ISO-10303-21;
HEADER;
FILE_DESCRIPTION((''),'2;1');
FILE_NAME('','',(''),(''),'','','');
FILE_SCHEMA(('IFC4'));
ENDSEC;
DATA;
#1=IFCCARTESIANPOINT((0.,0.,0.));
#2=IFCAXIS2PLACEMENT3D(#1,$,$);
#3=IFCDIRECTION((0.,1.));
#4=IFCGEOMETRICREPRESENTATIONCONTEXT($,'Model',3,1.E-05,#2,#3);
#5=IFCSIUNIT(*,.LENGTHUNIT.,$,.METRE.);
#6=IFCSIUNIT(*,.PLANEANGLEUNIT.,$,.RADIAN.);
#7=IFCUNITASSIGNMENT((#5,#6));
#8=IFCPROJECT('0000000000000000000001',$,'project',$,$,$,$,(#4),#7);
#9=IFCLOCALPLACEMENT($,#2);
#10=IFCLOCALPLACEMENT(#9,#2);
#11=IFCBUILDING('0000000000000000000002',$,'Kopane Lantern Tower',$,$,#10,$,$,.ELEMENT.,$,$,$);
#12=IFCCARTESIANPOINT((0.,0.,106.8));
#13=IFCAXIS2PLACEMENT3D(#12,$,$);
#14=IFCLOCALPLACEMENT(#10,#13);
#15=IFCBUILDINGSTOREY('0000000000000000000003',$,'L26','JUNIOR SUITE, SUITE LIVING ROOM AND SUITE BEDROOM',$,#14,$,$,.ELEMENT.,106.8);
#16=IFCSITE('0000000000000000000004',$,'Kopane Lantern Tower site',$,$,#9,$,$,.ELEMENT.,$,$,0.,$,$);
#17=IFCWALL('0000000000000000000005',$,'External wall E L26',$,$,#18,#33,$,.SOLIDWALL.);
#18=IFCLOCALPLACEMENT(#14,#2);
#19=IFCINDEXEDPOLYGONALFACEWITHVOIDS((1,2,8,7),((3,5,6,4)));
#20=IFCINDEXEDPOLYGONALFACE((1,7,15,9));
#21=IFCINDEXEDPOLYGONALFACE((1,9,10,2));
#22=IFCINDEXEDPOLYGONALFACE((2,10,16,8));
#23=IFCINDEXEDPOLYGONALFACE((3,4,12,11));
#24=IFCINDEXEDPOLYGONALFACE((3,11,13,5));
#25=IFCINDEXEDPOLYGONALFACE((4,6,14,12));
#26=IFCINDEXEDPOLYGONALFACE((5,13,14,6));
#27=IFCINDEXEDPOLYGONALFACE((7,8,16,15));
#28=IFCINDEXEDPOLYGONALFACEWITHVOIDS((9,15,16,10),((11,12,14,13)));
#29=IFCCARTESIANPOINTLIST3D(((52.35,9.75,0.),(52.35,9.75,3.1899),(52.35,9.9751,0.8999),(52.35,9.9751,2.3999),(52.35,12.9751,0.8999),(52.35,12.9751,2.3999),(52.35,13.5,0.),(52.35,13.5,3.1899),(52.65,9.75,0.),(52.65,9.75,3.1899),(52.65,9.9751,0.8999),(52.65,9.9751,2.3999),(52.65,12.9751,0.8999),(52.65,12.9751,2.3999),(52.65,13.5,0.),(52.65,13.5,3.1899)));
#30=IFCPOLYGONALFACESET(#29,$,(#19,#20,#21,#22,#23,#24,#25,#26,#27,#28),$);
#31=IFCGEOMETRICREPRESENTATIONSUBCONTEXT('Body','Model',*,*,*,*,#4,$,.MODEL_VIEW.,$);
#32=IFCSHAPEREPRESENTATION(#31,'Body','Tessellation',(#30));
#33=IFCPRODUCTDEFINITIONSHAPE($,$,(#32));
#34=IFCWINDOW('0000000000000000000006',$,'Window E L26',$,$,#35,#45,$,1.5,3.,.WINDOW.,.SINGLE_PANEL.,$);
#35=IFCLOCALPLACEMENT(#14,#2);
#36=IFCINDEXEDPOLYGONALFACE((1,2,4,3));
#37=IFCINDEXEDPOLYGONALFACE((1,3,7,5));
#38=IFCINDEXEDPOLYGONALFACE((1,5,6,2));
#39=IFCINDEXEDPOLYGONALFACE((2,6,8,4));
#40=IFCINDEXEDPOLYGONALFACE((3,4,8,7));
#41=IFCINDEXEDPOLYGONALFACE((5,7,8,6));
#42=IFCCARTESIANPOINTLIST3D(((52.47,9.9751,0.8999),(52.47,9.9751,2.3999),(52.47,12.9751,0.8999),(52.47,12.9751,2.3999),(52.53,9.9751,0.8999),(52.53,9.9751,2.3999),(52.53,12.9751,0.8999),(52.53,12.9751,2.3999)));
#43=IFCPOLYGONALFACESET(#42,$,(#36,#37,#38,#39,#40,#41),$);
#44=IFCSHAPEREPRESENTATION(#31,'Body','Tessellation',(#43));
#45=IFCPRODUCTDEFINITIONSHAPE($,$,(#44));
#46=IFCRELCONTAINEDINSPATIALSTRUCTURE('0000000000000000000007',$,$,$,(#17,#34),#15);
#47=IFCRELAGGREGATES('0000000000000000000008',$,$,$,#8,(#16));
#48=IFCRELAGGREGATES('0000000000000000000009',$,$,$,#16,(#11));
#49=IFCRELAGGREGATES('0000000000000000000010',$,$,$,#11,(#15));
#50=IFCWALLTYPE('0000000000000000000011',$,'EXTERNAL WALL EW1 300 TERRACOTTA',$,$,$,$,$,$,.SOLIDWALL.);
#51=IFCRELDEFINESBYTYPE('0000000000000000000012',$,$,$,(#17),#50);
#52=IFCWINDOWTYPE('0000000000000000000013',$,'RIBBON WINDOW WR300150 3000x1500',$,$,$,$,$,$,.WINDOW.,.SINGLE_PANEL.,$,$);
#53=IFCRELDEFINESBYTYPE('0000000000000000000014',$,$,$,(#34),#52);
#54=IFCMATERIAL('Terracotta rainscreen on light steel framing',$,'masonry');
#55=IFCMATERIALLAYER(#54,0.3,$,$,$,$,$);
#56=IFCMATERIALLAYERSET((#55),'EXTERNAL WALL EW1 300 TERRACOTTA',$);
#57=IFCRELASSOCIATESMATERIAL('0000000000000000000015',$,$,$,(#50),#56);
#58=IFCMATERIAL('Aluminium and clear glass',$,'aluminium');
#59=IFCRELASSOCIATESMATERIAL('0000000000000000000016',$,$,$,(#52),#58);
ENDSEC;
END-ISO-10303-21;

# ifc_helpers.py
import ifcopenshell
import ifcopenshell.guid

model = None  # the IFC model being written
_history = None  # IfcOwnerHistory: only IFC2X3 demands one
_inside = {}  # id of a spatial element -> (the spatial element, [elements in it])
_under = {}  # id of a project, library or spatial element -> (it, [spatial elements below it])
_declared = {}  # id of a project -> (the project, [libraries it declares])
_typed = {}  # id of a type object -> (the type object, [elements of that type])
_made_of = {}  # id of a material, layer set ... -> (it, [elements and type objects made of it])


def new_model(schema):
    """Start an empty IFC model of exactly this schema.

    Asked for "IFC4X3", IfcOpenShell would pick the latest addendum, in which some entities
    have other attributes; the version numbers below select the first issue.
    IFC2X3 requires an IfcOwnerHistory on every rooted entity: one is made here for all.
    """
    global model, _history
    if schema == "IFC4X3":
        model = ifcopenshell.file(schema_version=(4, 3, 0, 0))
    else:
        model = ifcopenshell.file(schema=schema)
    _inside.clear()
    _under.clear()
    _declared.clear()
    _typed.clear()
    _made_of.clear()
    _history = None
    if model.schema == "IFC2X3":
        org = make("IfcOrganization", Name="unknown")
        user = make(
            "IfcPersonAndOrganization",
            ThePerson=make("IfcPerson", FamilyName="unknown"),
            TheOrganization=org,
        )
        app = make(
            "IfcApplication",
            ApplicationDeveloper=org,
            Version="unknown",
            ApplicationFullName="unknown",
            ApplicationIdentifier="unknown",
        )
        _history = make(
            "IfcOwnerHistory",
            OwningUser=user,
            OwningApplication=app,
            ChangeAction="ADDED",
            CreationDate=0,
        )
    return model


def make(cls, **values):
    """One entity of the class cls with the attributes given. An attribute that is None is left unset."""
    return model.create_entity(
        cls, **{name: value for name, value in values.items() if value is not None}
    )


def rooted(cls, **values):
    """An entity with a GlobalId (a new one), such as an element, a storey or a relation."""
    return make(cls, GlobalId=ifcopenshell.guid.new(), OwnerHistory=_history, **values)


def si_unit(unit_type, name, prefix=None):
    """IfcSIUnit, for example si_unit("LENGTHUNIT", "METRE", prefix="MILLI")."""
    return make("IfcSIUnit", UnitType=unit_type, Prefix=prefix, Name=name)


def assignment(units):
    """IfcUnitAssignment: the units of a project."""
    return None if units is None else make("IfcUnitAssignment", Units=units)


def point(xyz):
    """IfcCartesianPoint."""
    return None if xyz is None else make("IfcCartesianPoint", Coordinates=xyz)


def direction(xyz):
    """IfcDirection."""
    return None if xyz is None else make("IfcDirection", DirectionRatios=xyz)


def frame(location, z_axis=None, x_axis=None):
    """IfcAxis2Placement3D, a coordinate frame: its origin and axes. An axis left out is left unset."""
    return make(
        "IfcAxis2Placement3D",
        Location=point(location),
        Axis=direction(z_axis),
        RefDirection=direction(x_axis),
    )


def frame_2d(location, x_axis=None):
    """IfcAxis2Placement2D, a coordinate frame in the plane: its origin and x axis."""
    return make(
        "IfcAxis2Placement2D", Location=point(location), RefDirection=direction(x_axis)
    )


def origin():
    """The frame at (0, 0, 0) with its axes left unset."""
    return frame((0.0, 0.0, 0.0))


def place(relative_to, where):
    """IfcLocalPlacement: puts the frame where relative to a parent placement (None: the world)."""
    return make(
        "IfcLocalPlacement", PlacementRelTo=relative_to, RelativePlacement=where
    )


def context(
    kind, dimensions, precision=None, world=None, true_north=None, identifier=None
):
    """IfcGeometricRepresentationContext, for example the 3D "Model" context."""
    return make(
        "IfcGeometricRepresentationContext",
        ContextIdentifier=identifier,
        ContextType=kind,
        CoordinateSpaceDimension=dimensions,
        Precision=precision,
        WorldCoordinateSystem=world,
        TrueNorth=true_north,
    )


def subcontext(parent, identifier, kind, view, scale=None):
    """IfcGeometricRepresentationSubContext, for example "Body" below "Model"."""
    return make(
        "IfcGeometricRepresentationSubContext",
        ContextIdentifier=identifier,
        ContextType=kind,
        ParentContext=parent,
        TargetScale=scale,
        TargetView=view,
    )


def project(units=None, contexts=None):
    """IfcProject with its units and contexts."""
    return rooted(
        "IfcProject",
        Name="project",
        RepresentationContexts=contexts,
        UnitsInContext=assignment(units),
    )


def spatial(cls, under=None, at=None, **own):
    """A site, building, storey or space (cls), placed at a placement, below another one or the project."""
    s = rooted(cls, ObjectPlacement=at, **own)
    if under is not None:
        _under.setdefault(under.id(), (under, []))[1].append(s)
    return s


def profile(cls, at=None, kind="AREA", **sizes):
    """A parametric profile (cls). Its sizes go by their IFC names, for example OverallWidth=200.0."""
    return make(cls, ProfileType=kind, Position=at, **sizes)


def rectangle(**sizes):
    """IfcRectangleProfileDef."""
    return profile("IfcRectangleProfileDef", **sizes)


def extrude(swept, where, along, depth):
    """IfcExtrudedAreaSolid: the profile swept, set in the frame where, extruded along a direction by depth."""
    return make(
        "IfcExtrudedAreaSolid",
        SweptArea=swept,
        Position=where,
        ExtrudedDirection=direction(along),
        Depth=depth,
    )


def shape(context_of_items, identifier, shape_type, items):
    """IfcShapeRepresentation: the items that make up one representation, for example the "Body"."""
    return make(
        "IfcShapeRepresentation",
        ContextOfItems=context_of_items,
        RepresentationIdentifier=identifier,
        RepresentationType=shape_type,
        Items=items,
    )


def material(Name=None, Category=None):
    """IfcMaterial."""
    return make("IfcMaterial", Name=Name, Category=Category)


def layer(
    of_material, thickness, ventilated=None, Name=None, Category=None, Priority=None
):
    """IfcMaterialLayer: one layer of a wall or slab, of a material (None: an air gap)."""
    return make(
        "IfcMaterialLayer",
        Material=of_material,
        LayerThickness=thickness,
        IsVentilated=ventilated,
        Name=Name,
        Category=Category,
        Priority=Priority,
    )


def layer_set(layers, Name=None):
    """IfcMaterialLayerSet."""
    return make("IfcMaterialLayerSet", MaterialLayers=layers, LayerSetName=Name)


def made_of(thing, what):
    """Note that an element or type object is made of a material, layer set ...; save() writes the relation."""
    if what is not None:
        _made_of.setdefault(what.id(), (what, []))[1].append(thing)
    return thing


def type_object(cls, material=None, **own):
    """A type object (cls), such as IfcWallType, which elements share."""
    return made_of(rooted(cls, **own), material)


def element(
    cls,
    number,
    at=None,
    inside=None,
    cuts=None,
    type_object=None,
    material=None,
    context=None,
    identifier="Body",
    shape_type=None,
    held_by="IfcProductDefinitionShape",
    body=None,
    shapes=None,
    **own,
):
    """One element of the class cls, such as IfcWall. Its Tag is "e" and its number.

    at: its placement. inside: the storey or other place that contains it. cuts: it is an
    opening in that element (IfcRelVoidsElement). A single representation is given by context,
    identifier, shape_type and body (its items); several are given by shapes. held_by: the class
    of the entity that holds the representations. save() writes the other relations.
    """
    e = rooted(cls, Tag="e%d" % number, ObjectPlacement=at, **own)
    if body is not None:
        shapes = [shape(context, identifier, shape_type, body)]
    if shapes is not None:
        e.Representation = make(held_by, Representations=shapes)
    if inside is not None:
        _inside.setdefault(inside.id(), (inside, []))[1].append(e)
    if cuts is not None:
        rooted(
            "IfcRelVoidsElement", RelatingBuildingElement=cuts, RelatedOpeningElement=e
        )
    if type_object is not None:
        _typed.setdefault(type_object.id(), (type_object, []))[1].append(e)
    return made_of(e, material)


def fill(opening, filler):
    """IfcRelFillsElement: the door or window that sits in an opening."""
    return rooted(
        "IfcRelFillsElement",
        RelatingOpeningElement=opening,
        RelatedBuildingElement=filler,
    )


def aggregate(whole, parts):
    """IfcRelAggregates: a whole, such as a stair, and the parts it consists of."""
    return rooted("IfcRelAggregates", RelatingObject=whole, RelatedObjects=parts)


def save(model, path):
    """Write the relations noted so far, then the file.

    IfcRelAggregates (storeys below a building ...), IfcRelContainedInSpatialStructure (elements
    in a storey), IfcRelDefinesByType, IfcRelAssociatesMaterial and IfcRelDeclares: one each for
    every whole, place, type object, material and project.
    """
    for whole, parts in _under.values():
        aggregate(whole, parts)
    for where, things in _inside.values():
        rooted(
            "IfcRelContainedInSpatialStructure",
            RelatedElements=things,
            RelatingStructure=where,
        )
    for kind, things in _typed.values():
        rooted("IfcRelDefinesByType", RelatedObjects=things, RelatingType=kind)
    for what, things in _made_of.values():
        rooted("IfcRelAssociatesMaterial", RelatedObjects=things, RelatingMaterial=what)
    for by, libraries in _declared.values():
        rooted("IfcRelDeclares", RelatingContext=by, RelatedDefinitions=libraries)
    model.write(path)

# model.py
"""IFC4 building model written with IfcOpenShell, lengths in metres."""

from ifc_helpers import new_model, si_unit, direction, frame, frame_2d, origin, place, context, subcontext, project, spatial, rectangle, extrude, material, layer, layer_set, type_object, element, fill, save


model = new_model("IFC4")

# Units and contexts
model_context = context("Model", 3, precision=1e-05, world=origin(), true_north=direction((0.0, 1.0)))
body_context = subcontext(model_context, "Body", "Model", "MODEL_VIEW")
ifc_project = project(units=[si_unit("LENGTHUNIT", "METRE"), si_unit("PLANEANGLEUNIT", "RADIAN")], contexts=[model_context])

# Site, building, storey
site_placement = place(None, origin())
site = spatial("IfcSite", under=ifc_project, at=site_placement, Name="Kopane Lantern Tower site", CompositionType="ELEMENT", RefElevation=0.0)
building_placement = place(site_placement, origin())
building = spatial("IfcBuilding", under=site, at=building_placement, Name="Kopane Lantern Tower", CompositionType="ELEMENT")
storey_placement = place(building_placement, frame((0.0, 0.0, 106.8)))
storey = spatial("IfcBuildingStorey", under=building, at=storey_placement, Name="L26", Description="JUNIOR SUITE, SUITE LIVING ROOM AND SUITE BEDROOM", CompositionType="ELEMENT", Elevation=106.8)

# Wall, opening, window
ifc_material_1 = material(Name="Terracotta rainscreen on light steel framing", Category="masonry")
ifc_layer_1 = layer(ifc_material_1, 0.3)
ifc_layer_set_1 = layer_set([ifc_layer_1], Name="EXTERNAL WALL EW1 300 TERRACOTTA")
wall_type_1 = type_object("IfcWallType", Name="EXTERNAL WALL EW1 300 TERRACOTTA", PredefinedType="SOLIDWALL", material=ifc_layer_set_1)
ifc_material_2 = material(Name="Aluminium and clear glass", Category="aluminium")
window_type = type_object("IfcWindowType", Name="RIBBON WINDOW WR300150 3000x1500", PartitioningType="SINGLE_PANEL", PredefinedType="WINDOW", material=ifc_material_2)
wall_1_placement = place(storey_placement, frame((52.5, 9.75, 0.0), z_axis=(0.0, 0.0, 1.0), x_axis=(0.0, 1.0, 0.0)))
wall_1 = element("IfcWall", 1, at=wall_1_placement, inside=storey, type_object=wall_type_1, Name="External wall E L26", PredefinedType="SOLIDWALL", context=body_context, shape_type="SweptSolid", body=[
    extrude(rectangle(XDim=3.75, YDim=0.3, at=frame_2d((1.875, 0.0))), origin(), (0.0, 0.0, 1.0), 3.1899),
])
opening_1_placement = place(wall_1_placement, frame((0.2251, 0.0, 0.8999)))
opening_1 = element("IfcOpeningElement", 2, at=opening_1_placement, cuts=wall_1, PredefinedType="OPENING", context=body_context, shape_type="SweptSolid", body=[
    extrude(rectangle(XDim=3.0, YDim=1.5, at=frame_2d((1.5, 0.75))), frame((0.0, 0.1599, 0.0), z_axis=(0.0, -1.0, 0.0), x_axis=(1.0, 0.0, 0.0)), (0.0, 0.0, 1.0), 0.3201),
])
window_1_placement = place(opening_1_placement, origin())
window_1 = element("IfcWindow", 3, at=window_1_placement, inside=storey, type_object=window_type, Name="Window E L26", OverallHeight=1.5, OverallWidth=3.0, PartitioningType="SINGLE_PANEL", PredefinedType="WINDOW", context=body_context, shape_type="SweptSolid", body=[
    extrude(rectangle(XDim=3.0, YDim=1.5, at=frame_2d((1.5, 0.75))), frame((0.0, 0.03, 0.0), z_axis=(0.0, -1.0, 0.0), x_axis=(1.0, 0.0, 0.0)), (0.0, 0.0, 1.0), 0.0601),
])
fill(opening_1, window_1)

save(model, "model.ifc")
